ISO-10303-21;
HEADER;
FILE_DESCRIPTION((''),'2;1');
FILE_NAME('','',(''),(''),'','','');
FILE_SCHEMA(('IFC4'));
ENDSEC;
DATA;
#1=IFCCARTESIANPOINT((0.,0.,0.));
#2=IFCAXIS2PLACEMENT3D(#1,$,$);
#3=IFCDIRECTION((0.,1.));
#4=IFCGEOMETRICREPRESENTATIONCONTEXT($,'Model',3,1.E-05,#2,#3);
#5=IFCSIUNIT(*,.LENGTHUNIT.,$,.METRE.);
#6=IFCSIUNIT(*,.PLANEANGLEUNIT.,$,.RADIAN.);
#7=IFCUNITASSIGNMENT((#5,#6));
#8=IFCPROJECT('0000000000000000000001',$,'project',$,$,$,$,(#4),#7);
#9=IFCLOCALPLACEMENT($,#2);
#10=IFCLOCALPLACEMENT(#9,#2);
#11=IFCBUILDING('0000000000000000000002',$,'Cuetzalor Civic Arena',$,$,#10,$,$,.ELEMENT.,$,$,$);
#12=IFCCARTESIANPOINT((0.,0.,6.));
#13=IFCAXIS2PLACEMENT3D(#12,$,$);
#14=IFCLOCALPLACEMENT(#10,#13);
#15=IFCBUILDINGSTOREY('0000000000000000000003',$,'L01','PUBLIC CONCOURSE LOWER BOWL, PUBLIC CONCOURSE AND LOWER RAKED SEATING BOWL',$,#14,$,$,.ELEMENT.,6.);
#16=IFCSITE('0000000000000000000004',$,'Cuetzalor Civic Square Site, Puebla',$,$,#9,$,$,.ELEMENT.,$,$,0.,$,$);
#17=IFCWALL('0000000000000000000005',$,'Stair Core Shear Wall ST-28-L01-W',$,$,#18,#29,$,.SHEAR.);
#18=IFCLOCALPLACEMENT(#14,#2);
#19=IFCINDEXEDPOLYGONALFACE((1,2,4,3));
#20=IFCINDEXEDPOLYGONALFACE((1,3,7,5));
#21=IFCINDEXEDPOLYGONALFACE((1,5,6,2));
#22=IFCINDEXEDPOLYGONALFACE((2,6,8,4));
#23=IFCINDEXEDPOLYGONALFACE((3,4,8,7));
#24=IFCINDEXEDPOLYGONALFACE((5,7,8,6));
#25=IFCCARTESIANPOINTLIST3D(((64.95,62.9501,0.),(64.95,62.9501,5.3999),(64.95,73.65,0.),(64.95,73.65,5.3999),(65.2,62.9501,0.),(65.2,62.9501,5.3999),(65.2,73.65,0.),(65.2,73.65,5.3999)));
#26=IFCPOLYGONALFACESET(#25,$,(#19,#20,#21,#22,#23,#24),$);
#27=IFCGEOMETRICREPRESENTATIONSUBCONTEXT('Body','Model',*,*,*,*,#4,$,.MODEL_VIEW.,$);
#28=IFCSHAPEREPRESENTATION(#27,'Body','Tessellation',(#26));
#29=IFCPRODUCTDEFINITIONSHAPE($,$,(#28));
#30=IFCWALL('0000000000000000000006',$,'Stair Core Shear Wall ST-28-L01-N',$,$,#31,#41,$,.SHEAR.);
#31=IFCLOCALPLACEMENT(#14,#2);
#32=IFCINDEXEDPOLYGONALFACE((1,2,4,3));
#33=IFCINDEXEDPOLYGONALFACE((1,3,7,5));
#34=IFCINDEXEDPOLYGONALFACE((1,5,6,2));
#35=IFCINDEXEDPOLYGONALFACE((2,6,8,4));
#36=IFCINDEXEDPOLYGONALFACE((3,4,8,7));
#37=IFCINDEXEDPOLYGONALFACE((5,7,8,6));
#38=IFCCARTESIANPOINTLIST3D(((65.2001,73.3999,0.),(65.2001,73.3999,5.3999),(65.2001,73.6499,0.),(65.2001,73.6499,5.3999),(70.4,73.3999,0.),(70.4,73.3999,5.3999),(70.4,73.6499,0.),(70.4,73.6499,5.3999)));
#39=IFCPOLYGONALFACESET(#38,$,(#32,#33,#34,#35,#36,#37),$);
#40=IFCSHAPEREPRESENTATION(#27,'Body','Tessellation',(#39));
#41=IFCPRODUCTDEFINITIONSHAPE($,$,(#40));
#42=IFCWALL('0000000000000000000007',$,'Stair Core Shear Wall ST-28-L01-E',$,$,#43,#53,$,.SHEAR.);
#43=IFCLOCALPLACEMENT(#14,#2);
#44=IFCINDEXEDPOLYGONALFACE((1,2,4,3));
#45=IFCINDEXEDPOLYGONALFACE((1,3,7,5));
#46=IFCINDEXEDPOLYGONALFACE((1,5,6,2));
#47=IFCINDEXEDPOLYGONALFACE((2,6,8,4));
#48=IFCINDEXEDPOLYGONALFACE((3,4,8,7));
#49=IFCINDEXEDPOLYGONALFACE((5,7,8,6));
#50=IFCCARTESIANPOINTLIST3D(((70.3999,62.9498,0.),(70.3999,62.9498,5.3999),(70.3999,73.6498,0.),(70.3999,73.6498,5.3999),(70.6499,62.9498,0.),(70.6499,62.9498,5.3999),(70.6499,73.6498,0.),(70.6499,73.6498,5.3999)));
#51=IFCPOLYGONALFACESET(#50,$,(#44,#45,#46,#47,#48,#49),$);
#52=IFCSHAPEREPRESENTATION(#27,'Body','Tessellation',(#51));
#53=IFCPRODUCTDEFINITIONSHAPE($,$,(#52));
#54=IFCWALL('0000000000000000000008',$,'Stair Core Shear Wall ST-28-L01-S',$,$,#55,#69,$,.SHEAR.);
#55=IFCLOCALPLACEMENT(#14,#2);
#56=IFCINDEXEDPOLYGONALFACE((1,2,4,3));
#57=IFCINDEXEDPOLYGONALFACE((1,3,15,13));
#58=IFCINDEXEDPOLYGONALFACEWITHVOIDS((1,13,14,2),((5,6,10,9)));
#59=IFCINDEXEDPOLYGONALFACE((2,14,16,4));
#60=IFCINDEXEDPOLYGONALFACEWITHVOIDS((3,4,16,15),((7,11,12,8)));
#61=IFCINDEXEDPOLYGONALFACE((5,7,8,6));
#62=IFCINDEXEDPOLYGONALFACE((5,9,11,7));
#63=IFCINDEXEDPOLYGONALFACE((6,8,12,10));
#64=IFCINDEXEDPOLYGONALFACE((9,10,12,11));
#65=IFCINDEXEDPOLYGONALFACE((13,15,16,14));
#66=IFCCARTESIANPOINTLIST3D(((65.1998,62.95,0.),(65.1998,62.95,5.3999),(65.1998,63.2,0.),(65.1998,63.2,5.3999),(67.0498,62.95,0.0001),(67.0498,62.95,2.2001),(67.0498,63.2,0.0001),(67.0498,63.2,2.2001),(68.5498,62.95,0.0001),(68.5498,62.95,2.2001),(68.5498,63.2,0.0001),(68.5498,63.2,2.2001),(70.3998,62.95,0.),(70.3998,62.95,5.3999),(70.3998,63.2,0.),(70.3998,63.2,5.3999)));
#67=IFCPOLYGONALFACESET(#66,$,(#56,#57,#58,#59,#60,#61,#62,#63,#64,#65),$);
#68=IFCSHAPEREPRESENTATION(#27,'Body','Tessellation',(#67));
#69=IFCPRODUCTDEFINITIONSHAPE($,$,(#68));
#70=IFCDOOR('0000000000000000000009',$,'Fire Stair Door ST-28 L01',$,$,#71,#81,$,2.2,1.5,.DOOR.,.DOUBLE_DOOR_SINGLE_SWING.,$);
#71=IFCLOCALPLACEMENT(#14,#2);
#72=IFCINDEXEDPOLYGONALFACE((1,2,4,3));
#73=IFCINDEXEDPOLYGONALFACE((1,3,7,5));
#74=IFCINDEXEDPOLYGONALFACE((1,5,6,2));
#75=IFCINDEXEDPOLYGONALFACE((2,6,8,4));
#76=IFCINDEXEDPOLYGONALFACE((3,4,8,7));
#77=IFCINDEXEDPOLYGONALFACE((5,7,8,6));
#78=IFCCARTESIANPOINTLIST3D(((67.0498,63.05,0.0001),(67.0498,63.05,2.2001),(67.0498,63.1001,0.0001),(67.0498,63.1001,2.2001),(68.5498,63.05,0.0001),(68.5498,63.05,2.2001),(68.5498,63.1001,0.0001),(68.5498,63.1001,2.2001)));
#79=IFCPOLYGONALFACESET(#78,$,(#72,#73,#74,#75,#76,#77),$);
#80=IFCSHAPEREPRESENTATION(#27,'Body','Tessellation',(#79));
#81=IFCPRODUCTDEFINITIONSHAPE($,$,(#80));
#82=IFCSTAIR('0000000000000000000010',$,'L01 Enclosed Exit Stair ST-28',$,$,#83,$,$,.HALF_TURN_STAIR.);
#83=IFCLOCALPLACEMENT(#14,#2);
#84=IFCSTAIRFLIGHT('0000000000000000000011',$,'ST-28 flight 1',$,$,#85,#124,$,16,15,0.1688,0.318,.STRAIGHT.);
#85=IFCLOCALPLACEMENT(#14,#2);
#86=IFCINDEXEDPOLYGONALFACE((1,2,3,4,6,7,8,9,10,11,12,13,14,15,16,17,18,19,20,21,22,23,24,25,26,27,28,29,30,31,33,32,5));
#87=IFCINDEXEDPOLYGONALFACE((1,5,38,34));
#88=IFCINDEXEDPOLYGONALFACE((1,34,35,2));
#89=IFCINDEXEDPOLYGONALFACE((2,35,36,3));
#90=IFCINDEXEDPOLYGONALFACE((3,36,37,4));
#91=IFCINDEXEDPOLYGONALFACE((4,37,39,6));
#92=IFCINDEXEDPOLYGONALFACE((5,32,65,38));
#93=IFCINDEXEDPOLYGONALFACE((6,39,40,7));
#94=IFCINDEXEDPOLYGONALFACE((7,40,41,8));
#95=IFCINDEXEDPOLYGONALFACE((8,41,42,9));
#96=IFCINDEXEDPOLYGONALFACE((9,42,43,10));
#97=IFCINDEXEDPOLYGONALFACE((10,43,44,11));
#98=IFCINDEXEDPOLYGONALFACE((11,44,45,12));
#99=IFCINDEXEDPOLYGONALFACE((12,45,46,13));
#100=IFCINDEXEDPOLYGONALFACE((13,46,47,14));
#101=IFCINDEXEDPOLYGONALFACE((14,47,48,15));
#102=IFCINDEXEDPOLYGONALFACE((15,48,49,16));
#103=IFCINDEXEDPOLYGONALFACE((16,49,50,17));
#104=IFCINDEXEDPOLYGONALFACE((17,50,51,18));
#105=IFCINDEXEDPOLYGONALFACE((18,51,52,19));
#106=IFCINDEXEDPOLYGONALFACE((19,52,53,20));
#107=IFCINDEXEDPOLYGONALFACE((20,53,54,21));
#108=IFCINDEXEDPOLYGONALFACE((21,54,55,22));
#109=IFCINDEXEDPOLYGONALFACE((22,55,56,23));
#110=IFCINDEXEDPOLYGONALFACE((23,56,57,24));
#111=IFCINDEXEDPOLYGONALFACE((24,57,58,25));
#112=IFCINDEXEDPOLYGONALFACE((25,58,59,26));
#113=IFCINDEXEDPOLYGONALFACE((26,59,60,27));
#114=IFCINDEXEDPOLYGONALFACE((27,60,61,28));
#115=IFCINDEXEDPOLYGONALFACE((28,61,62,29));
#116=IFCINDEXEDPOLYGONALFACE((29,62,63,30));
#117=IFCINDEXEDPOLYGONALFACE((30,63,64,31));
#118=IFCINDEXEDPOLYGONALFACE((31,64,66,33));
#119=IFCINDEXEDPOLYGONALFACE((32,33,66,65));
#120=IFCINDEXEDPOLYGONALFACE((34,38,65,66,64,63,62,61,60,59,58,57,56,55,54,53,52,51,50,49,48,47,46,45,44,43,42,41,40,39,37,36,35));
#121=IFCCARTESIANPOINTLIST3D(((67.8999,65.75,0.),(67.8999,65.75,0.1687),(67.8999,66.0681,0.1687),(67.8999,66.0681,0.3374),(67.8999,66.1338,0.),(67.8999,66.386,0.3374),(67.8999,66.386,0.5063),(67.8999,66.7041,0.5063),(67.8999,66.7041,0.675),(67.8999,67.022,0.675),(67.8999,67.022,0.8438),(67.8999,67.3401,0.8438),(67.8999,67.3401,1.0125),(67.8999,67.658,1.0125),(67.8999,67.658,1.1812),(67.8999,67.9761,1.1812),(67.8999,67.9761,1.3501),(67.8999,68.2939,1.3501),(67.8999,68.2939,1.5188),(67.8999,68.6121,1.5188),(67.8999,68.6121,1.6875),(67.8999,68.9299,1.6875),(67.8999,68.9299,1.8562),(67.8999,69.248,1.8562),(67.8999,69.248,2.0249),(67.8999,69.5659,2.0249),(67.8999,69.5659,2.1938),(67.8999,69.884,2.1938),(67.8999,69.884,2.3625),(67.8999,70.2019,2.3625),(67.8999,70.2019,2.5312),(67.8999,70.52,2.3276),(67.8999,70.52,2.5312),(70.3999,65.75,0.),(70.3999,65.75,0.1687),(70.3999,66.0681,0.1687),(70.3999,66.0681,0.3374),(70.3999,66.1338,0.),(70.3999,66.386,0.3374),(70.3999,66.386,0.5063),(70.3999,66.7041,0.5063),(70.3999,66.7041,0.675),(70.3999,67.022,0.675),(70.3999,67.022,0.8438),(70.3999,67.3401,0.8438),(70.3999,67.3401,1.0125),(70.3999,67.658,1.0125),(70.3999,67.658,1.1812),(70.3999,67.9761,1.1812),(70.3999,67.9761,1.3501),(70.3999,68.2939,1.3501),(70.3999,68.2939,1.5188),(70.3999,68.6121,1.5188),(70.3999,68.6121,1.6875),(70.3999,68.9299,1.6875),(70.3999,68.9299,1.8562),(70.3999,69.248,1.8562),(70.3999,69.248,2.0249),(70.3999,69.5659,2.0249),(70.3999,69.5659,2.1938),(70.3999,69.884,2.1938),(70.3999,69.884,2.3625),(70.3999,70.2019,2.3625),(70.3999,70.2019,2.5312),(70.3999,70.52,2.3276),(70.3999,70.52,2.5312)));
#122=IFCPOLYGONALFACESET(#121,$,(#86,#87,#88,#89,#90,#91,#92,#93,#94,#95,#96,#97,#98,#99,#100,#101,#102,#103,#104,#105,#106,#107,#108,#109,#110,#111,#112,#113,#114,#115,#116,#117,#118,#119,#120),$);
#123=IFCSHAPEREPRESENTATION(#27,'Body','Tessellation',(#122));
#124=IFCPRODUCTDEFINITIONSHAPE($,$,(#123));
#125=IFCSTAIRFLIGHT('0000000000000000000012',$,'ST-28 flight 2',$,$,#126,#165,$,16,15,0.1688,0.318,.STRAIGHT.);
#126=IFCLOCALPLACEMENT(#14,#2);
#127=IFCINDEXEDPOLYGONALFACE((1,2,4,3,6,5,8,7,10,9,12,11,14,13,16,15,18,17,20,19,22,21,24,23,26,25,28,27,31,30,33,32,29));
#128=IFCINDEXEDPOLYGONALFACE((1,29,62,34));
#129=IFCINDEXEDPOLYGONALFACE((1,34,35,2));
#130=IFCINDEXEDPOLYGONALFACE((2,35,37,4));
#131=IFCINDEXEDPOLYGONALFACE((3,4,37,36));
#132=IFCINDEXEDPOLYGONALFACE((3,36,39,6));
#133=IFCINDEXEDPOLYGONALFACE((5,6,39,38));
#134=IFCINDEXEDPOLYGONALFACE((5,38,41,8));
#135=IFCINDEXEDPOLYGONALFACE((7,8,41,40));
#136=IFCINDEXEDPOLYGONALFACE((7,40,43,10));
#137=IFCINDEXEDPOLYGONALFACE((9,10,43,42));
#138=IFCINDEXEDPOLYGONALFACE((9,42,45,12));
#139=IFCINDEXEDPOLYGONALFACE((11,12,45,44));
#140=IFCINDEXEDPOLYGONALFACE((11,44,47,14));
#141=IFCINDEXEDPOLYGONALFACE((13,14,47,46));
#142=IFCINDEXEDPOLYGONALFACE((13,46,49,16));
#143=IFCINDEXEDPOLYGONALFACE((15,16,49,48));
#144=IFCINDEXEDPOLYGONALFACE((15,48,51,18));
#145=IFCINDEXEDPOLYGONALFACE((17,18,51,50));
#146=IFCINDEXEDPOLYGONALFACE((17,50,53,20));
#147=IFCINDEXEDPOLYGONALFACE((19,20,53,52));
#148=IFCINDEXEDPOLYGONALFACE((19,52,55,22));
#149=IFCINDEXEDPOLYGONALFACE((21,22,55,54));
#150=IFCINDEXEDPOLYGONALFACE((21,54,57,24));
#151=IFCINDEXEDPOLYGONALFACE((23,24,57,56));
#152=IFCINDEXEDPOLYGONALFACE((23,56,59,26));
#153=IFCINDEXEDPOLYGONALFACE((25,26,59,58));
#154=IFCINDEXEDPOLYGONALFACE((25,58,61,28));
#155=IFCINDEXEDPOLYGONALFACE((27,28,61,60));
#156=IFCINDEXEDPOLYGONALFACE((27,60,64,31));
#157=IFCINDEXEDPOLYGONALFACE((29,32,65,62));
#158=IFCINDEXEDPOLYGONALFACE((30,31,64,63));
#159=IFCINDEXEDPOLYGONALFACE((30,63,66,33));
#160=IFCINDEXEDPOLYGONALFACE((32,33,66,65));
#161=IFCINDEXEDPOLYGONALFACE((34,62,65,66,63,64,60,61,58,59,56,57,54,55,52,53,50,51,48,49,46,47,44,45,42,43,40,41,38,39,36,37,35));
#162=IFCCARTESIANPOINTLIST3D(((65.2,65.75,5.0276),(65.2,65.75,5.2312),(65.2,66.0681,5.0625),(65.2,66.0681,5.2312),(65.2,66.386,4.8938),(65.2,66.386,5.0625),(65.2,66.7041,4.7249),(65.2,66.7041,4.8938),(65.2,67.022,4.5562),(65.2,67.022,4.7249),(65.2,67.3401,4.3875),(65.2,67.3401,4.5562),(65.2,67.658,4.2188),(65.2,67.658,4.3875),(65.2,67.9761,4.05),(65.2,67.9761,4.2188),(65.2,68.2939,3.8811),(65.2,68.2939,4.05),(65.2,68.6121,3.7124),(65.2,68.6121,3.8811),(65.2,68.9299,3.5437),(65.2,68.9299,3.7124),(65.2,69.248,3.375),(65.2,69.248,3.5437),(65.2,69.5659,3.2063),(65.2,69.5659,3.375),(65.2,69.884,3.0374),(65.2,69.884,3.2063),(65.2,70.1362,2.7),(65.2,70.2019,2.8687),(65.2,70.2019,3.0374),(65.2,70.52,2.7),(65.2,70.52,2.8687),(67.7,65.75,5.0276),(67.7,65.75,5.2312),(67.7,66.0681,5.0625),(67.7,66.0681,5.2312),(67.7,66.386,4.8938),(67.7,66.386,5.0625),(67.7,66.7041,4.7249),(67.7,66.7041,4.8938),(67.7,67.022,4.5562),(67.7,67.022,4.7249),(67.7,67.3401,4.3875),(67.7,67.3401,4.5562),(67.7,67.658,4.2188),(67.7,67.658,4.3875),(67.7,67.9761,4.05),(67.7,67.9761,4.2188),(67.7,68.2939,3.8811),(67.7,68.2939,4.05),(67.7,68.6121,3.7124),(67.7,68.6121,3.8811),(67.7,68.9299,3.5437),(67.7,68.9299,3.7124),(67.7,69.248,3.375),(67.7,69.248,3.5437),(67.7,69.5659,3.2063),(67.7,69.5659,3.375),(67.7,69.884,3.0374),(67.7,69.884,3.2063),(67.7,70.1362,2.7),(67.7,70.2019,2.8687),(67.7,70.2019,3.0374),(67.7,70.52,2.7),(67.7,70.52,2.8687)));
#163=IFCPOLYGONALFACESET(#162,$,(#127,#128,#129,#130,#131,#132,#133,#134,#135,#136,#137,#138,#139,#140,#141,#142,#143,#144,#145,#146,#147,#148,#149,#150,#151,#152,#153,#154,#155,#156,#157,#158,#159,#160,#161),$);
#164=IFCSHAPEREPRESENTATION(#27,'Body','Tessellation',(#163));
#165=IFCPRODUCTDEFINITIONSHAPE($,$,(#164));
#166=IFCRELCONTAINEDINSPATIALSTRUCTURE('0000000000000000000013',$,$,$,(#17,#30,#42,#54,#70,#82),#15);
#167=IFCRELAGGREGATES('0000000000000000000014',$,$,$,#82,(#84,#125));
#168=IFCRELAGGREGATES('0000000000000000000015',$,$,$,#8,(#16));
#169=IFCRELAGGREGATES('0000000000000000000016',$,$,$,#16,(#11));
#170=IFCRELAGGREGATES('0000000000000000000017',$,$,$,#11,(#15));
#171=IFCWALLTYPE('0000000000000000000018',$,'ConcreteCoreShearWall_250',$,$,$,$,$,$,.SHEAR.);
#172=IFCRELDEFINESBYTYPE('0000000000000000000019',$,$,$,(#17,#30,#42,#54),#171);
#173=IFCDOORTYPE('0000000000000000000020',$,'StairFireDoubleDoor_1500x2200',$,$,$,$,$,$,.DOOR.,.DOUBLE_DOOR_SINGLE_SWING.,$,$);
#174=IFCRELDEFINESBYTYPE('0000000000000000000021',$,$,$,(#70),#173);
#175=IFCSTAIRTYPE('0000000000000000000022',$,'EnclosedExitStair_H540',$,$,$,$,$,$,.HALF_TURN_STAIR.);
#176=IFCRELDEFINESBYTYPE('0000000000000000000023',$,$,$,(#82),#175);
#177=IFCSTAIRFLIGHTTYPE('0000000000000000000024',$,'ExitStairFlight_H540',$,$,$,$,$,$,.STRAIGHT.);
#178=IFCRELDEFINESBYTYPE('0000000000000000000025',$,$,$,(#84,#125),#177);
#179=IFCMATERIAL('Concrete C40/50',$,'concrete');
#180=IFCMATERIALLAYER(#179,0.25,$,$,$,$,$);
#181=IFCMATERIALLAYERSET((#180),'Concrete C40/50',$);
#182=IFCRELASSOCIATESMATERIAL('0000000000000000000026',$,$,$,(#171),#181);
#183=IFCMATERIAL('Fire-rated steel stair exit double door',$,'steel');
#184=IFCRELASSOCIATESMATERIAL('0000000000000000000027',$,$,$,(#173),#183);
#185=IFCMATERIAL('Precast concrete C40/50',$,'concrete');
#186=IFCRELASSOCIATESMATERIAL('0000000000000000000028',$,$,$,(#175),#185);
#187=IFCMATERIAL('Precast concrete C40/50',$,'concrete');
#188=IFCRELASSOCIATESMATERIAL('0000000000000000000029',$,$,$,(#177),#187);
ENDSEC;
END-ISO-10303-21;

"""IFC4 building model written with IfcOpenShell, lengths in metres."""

from ifc_helpers import new_model, si_unit, direction, frame, frame_2d, origin, place, context, subcontext, project, spatial, polyline, rectangle, outline, extrude, material, layer, layer_set, type_object, element, fill, aggregate, save


model = new_model("IFC4")

# Units and contexts
model_context = context("Model", 3, precision=1e-05, world=origin(), true_north=direction((0.0, 1.0)))
body_context = subcontext(model_context, "Body", "Model", "MODEL_VIEW")
ifc_project = project(units=[si_unit("LENGTHUNIT", "METRE"), si_unit("PLANEANGLEUNIT", "RADIAN")], contexts=[model_context])

# Site, building, storey
site_placement = place(None, origin())
site = spatial("IfcSite", under=ifc_project, at=site_placement, Name="Cuetzalor Civic Square Site, Puebla", CompositionType="ELEMENT", RefElevation=0.0)
building_placement = place(site_placement, origin())
building = spatial("IfcBuilding", under=site, at=building_placement, Name="Cuetzalor Civic Arena", CompositionType="ELEMENT")
storey_placement = place(building_placement, frame((0.0, 0.0, 6.0)))
storey = spatial("IfcBuildingStorey", under=building, at=storey_placement, Name="L01", Description="PUBLIC CONCOURSE LOWER BOWL, PUBLIC CONCOURSE AND LOWER RAKED SEATING BOWL", CompositionType="ELEMENT", Elevation=6.0)

# Walls
ifc_material_1 = material(Name="Concrete C40/50", Category="concrete")
ifc_layer_1 = layer(ifc_material_1, 0.25)
ifc_layer_set_1 = layer_set([ifc_layer_1], Name="Concrete C40/50")
wall_type_1 = type_object("IfcWallType", Name="ConcreteCoreShearWall_250", PredefinedType="SHEAR", material=ifc_layer_set_1)
wall_1_placement = place(storey_placement, frame((65.075, 62.95, 0.0), z_axis=(0.0, 0.0, 1.0), x_axis=(0.0, 1.0, 0.0)))
element("IfcWall", 1, at=wall_1_placement, inside=storey, type_object=wall_type_1, Name="Stair Core Shear Wall ST-28-L01-W", PredefinedType="SHEAR", context=body_context, shape_type="SweptSolid", body=[
    extrude(rectangle(XDim=10.7, YDim=0.25, at=frame_2d((5.3501, 0.0))), origin(), (0.0, 0.0, 1.0), 5.3999),
])
wall_2_placement = place(storey_placement, frame((65.2, 73.5249, 0.0), z_axis=(0.0, 0.0, 1.0), x_axis=(1.0, 0.0, 0.0)))
element("IfcWall", 2, at=wall_2_placement, inside=storey, type_object=wall_type_1, Name="Stair Core Shear Wall ST-28-L01-N", PredefinedType="SHEAR", context=body_context, shape_type="SweptSolid", body=[
    extrude(rectangle(XDim=5.2, YDim=0.25, at=frame_2d((2.6001, 0.0))), origin(), (0.0, 0.0, 1.0), 5.3999),
])
wall_3_placement = place(storey_placement, frame((70.5249, 73.6499, 0.0), z_axis=(0.0, 0.0, 1.0), x_axis=(0.0, -1.0, 0.0)))
element("IfcWall", 3, at=wall_3_placement, inside=storey, type_object=wall_type_1, Name="Stair Core Shear Wall ST-28-L01-E", PredefinedType="SHEAR", context=body_context, shape_type="SweptSolid", body=[
    extrude(rectangle(XDim=10.7, YDim=0.25, at=frame_2d((5.3501, 0.0))), origin(), (0.0, 0.0, 1.0), 5.3999),
])

# Wall, opening, door
wall_4_placement = place(storey_placement, frame((70.3999, 63.075, 0.0), z_axis=(0.0, 0.0, 1.0), x_axis=(-1.0, 0.0, 0.0)))
wall_4 = element("IfcWall", 4, at=wall_4_placement, inside=storey, type_object=wall_type_1, Name="Stair Core Shear Wall ST-28-L01-S", PredefinedType="SHEAR", context=body_context, shape_type="SweptSolid", body=[
    extrude(rectangle(XDim=5.2, YDim=0.25, at=frame_2d((2.6001, 0.0))), origin(), (0.0, 0.0, 1.0), 5.3999),
])
opening_1_placement = place(wall_4_placement, frame((1.8501, 0.0, 0.0)))
opening_1 = element("IfcOpeningElement", 5, at=opening_1_placement, cuts=wall_4, PredefinedType="OPENING", context=body_context, shape_type="SweptSolid", body=[
    extrude(rectangle(XDim=1.5, YDim=2.2, at=frame_2d((0.75, 1.1001))), frame((0.0, 0.135, 0.0), z_axis=(0.0, -1.0, 0.0), x_axis=(1.0, 0.0, 0.0)), (0.0, 0.0, 1.0), 0.27),
])
ifc_material_2 = material(Name="Fire-rated steel stair exit double door", Category="steel")
door_type_1 = type_object("IfcDoorType", Name="StairFireDoubleDoor_1500x2200", OperationType="DOUBLE_DOOR_SINGLE_SWING", PredefinedType="DOOR", material=ifc_material_2)
door_1_placement = place(opening_1_placement, origin())
door_1 = element("IfcDoor", 6, at=door_1_placement, inside=storey, type_object=door_type_1, Name="Fire Stair Door ST-28 L01", OperationType="DOUBLE_DOOR_SINGLE_SWING", OverallHeight=2.2, OverallWidth=1.5, PredefinedType="DOOR", context=body_context, shape_type="SweptSolid", body=[
    extrude(rectangle(XDim=1.5, YDim=2.2, at=frame_2d((0.75, 1.1001))), frame((0.0, 0.0249, 0.0), z_axis=(0.0, -1.0, 0.0), x_axis=(1.0, 0.0, 0.0)), (0.0, 0.0, 1.0), 0.05),
])
fill(opening_1, door_1)

# Stair, stair flights
ifc_material_3 = material(Name="Precast concrete C40/50", Category="concrete")
stair_type = type_object("IfcStairType", Name="EnclosedExitStair_H540", PredefinedType="HALF_TURN_STAIR", material=ifc_material_3)
stair_placement = place(storey_placement, origin())
stair = element("IfcStair", 7, at=stair_placement, inside=storey, type_object=stair_type, Name="L01 Enclosed Exit Stair ST-28", PredefinedType="HALF_TURN_STAIR")
ifc_material_4 = material(Name="Precast concrete C40/50", Category="concrete")
stair_flight_type = type_object("IfcStairFlightType", Name="ExitStairFlight_H540", PredefinedType="STRAIGHT", material=ifc_material_4)
stair_flight_1_placement = place(storey_placement, frame((69.1499, 65.75, 0.0), z_axis=(0.0, 0.0, 1.0), x_axis=(0.0, 1.0, 0.0)))
stair_flight_1 = element("IfcStairFlight", 8, at=stair_flight_1_placement, type_object=stair_flight_type, Name="ST-28 flight 1", NumberOfRisers=16, NumberOfTreads=15, PredefinedType="STRAIGHT", RiserHeight=0.1688, TreadLength=0.318, context=body_context, shape_type="SweptSolid", body=[
    extrude(outline(polyline([(0.0, 0.0), (0.0, 0.1687), (0.3181, 0.1687), (0.3181, 0.3374), (0.636, 0.3374), (0.636, 0.5063), (0.9541, 0.5063), (0.9541, 0.675), (1.272, 0.675), (1.272, 0.8438), (1.5901, 0.8438), (1.5901, 1.0125), (1.908, 1.0125), (1.908, 1.1812), (2.2261, 1.1812), (2.2261, 1.3501), (2.5439, 1.3501), (2.5439, 1.5188), (2.8621, 1.5188), (2.8621, 1.6875), (3.1799, 1.6875), (3.1799, 1.8562), (3.498, 1.8562), (3.498, 2.0249), (3.8159, 2.0249), (3.8159, 2.1938), (4.134, 2.1938), (4.134, 2.3625), (4.4519, 2.3625), (4.4519, 2.5312), (4.77, 2.5312), (4.77, 2.7), (4.77, 2.3276), (0.3838, 0.0), (0.0, 0.0)])), frame((0.0, 1.25, 0.0), z_axis=(0.0, -1.0, 0.0), x_axis=(1.0, 0.0, 0.0)), (0.0, 0.0, 1.0), 2.5),
])
stair_flight_2_placement = place(storey_placement, frame((66.45, 70.52, 2.7), z_axis=(0.0, 0.0, 1.0), x_axis=(0.0, -1.0, 0.0)))
stair_flight_2 = element("IfcStairFlight", 9, at=stair_flight_2_placement, type_object=stair_flight_type, Name="ST-28 flight 2", NumberOfRisers=16, NumberOfTreads=15, PredefinedType="STRAIGHT", RiserHeight=0.1688, TreadLength=0.318, context=body_context, shape_type="SweptSolid", body=[
    extrude(outline(polyline([(0.0, 0.0), (0.0, 0.1687), (0.3181, 0.1687), (0.3181, 0.3374), (0.636, 0.3374), (0.636, 0.5063), (0.9541, 0.5063), (0.9541, 0.675), (1.272, 0.675), (1.272, 0.8438), (1.5901, 0.8438), (1.5901, 1.0125), (1.908, 1.0125), (1.908, 1.1812), (2.2261, 1.1812), (2.2261, 1.3501), (2.5439, 1.3501), (2.5439, 1.5188), (2.8621, 1.5188), (2.8621, 1.6875), (3.1799, 1.6875), (3.1799, 1.8562), (3.498, 1.8562), (3.498, 2.0249), (3.8159, 2.0249), (3.8159, 2.1938), (4.134, 2.1938), (4.134, 2.3625), (4.4519, 2.3625), (4.4519, 2.5312), (4.77, 2.5312), (4.77, 2.7), (4.77, 2.3276), (0.3838, 0.0), (0.0, 0.0)])), frame((0.0, 1.25, 0.0), z_axis=(0.0, -1.0, 0.0), x_axis=(1.0, 0.0, 0.0)), (0.0, 0.0, 1.0), 2.5),
])
aggregate(stair, [stair_flight_1, stair_flight_2])

save(model, "model.ifc")
